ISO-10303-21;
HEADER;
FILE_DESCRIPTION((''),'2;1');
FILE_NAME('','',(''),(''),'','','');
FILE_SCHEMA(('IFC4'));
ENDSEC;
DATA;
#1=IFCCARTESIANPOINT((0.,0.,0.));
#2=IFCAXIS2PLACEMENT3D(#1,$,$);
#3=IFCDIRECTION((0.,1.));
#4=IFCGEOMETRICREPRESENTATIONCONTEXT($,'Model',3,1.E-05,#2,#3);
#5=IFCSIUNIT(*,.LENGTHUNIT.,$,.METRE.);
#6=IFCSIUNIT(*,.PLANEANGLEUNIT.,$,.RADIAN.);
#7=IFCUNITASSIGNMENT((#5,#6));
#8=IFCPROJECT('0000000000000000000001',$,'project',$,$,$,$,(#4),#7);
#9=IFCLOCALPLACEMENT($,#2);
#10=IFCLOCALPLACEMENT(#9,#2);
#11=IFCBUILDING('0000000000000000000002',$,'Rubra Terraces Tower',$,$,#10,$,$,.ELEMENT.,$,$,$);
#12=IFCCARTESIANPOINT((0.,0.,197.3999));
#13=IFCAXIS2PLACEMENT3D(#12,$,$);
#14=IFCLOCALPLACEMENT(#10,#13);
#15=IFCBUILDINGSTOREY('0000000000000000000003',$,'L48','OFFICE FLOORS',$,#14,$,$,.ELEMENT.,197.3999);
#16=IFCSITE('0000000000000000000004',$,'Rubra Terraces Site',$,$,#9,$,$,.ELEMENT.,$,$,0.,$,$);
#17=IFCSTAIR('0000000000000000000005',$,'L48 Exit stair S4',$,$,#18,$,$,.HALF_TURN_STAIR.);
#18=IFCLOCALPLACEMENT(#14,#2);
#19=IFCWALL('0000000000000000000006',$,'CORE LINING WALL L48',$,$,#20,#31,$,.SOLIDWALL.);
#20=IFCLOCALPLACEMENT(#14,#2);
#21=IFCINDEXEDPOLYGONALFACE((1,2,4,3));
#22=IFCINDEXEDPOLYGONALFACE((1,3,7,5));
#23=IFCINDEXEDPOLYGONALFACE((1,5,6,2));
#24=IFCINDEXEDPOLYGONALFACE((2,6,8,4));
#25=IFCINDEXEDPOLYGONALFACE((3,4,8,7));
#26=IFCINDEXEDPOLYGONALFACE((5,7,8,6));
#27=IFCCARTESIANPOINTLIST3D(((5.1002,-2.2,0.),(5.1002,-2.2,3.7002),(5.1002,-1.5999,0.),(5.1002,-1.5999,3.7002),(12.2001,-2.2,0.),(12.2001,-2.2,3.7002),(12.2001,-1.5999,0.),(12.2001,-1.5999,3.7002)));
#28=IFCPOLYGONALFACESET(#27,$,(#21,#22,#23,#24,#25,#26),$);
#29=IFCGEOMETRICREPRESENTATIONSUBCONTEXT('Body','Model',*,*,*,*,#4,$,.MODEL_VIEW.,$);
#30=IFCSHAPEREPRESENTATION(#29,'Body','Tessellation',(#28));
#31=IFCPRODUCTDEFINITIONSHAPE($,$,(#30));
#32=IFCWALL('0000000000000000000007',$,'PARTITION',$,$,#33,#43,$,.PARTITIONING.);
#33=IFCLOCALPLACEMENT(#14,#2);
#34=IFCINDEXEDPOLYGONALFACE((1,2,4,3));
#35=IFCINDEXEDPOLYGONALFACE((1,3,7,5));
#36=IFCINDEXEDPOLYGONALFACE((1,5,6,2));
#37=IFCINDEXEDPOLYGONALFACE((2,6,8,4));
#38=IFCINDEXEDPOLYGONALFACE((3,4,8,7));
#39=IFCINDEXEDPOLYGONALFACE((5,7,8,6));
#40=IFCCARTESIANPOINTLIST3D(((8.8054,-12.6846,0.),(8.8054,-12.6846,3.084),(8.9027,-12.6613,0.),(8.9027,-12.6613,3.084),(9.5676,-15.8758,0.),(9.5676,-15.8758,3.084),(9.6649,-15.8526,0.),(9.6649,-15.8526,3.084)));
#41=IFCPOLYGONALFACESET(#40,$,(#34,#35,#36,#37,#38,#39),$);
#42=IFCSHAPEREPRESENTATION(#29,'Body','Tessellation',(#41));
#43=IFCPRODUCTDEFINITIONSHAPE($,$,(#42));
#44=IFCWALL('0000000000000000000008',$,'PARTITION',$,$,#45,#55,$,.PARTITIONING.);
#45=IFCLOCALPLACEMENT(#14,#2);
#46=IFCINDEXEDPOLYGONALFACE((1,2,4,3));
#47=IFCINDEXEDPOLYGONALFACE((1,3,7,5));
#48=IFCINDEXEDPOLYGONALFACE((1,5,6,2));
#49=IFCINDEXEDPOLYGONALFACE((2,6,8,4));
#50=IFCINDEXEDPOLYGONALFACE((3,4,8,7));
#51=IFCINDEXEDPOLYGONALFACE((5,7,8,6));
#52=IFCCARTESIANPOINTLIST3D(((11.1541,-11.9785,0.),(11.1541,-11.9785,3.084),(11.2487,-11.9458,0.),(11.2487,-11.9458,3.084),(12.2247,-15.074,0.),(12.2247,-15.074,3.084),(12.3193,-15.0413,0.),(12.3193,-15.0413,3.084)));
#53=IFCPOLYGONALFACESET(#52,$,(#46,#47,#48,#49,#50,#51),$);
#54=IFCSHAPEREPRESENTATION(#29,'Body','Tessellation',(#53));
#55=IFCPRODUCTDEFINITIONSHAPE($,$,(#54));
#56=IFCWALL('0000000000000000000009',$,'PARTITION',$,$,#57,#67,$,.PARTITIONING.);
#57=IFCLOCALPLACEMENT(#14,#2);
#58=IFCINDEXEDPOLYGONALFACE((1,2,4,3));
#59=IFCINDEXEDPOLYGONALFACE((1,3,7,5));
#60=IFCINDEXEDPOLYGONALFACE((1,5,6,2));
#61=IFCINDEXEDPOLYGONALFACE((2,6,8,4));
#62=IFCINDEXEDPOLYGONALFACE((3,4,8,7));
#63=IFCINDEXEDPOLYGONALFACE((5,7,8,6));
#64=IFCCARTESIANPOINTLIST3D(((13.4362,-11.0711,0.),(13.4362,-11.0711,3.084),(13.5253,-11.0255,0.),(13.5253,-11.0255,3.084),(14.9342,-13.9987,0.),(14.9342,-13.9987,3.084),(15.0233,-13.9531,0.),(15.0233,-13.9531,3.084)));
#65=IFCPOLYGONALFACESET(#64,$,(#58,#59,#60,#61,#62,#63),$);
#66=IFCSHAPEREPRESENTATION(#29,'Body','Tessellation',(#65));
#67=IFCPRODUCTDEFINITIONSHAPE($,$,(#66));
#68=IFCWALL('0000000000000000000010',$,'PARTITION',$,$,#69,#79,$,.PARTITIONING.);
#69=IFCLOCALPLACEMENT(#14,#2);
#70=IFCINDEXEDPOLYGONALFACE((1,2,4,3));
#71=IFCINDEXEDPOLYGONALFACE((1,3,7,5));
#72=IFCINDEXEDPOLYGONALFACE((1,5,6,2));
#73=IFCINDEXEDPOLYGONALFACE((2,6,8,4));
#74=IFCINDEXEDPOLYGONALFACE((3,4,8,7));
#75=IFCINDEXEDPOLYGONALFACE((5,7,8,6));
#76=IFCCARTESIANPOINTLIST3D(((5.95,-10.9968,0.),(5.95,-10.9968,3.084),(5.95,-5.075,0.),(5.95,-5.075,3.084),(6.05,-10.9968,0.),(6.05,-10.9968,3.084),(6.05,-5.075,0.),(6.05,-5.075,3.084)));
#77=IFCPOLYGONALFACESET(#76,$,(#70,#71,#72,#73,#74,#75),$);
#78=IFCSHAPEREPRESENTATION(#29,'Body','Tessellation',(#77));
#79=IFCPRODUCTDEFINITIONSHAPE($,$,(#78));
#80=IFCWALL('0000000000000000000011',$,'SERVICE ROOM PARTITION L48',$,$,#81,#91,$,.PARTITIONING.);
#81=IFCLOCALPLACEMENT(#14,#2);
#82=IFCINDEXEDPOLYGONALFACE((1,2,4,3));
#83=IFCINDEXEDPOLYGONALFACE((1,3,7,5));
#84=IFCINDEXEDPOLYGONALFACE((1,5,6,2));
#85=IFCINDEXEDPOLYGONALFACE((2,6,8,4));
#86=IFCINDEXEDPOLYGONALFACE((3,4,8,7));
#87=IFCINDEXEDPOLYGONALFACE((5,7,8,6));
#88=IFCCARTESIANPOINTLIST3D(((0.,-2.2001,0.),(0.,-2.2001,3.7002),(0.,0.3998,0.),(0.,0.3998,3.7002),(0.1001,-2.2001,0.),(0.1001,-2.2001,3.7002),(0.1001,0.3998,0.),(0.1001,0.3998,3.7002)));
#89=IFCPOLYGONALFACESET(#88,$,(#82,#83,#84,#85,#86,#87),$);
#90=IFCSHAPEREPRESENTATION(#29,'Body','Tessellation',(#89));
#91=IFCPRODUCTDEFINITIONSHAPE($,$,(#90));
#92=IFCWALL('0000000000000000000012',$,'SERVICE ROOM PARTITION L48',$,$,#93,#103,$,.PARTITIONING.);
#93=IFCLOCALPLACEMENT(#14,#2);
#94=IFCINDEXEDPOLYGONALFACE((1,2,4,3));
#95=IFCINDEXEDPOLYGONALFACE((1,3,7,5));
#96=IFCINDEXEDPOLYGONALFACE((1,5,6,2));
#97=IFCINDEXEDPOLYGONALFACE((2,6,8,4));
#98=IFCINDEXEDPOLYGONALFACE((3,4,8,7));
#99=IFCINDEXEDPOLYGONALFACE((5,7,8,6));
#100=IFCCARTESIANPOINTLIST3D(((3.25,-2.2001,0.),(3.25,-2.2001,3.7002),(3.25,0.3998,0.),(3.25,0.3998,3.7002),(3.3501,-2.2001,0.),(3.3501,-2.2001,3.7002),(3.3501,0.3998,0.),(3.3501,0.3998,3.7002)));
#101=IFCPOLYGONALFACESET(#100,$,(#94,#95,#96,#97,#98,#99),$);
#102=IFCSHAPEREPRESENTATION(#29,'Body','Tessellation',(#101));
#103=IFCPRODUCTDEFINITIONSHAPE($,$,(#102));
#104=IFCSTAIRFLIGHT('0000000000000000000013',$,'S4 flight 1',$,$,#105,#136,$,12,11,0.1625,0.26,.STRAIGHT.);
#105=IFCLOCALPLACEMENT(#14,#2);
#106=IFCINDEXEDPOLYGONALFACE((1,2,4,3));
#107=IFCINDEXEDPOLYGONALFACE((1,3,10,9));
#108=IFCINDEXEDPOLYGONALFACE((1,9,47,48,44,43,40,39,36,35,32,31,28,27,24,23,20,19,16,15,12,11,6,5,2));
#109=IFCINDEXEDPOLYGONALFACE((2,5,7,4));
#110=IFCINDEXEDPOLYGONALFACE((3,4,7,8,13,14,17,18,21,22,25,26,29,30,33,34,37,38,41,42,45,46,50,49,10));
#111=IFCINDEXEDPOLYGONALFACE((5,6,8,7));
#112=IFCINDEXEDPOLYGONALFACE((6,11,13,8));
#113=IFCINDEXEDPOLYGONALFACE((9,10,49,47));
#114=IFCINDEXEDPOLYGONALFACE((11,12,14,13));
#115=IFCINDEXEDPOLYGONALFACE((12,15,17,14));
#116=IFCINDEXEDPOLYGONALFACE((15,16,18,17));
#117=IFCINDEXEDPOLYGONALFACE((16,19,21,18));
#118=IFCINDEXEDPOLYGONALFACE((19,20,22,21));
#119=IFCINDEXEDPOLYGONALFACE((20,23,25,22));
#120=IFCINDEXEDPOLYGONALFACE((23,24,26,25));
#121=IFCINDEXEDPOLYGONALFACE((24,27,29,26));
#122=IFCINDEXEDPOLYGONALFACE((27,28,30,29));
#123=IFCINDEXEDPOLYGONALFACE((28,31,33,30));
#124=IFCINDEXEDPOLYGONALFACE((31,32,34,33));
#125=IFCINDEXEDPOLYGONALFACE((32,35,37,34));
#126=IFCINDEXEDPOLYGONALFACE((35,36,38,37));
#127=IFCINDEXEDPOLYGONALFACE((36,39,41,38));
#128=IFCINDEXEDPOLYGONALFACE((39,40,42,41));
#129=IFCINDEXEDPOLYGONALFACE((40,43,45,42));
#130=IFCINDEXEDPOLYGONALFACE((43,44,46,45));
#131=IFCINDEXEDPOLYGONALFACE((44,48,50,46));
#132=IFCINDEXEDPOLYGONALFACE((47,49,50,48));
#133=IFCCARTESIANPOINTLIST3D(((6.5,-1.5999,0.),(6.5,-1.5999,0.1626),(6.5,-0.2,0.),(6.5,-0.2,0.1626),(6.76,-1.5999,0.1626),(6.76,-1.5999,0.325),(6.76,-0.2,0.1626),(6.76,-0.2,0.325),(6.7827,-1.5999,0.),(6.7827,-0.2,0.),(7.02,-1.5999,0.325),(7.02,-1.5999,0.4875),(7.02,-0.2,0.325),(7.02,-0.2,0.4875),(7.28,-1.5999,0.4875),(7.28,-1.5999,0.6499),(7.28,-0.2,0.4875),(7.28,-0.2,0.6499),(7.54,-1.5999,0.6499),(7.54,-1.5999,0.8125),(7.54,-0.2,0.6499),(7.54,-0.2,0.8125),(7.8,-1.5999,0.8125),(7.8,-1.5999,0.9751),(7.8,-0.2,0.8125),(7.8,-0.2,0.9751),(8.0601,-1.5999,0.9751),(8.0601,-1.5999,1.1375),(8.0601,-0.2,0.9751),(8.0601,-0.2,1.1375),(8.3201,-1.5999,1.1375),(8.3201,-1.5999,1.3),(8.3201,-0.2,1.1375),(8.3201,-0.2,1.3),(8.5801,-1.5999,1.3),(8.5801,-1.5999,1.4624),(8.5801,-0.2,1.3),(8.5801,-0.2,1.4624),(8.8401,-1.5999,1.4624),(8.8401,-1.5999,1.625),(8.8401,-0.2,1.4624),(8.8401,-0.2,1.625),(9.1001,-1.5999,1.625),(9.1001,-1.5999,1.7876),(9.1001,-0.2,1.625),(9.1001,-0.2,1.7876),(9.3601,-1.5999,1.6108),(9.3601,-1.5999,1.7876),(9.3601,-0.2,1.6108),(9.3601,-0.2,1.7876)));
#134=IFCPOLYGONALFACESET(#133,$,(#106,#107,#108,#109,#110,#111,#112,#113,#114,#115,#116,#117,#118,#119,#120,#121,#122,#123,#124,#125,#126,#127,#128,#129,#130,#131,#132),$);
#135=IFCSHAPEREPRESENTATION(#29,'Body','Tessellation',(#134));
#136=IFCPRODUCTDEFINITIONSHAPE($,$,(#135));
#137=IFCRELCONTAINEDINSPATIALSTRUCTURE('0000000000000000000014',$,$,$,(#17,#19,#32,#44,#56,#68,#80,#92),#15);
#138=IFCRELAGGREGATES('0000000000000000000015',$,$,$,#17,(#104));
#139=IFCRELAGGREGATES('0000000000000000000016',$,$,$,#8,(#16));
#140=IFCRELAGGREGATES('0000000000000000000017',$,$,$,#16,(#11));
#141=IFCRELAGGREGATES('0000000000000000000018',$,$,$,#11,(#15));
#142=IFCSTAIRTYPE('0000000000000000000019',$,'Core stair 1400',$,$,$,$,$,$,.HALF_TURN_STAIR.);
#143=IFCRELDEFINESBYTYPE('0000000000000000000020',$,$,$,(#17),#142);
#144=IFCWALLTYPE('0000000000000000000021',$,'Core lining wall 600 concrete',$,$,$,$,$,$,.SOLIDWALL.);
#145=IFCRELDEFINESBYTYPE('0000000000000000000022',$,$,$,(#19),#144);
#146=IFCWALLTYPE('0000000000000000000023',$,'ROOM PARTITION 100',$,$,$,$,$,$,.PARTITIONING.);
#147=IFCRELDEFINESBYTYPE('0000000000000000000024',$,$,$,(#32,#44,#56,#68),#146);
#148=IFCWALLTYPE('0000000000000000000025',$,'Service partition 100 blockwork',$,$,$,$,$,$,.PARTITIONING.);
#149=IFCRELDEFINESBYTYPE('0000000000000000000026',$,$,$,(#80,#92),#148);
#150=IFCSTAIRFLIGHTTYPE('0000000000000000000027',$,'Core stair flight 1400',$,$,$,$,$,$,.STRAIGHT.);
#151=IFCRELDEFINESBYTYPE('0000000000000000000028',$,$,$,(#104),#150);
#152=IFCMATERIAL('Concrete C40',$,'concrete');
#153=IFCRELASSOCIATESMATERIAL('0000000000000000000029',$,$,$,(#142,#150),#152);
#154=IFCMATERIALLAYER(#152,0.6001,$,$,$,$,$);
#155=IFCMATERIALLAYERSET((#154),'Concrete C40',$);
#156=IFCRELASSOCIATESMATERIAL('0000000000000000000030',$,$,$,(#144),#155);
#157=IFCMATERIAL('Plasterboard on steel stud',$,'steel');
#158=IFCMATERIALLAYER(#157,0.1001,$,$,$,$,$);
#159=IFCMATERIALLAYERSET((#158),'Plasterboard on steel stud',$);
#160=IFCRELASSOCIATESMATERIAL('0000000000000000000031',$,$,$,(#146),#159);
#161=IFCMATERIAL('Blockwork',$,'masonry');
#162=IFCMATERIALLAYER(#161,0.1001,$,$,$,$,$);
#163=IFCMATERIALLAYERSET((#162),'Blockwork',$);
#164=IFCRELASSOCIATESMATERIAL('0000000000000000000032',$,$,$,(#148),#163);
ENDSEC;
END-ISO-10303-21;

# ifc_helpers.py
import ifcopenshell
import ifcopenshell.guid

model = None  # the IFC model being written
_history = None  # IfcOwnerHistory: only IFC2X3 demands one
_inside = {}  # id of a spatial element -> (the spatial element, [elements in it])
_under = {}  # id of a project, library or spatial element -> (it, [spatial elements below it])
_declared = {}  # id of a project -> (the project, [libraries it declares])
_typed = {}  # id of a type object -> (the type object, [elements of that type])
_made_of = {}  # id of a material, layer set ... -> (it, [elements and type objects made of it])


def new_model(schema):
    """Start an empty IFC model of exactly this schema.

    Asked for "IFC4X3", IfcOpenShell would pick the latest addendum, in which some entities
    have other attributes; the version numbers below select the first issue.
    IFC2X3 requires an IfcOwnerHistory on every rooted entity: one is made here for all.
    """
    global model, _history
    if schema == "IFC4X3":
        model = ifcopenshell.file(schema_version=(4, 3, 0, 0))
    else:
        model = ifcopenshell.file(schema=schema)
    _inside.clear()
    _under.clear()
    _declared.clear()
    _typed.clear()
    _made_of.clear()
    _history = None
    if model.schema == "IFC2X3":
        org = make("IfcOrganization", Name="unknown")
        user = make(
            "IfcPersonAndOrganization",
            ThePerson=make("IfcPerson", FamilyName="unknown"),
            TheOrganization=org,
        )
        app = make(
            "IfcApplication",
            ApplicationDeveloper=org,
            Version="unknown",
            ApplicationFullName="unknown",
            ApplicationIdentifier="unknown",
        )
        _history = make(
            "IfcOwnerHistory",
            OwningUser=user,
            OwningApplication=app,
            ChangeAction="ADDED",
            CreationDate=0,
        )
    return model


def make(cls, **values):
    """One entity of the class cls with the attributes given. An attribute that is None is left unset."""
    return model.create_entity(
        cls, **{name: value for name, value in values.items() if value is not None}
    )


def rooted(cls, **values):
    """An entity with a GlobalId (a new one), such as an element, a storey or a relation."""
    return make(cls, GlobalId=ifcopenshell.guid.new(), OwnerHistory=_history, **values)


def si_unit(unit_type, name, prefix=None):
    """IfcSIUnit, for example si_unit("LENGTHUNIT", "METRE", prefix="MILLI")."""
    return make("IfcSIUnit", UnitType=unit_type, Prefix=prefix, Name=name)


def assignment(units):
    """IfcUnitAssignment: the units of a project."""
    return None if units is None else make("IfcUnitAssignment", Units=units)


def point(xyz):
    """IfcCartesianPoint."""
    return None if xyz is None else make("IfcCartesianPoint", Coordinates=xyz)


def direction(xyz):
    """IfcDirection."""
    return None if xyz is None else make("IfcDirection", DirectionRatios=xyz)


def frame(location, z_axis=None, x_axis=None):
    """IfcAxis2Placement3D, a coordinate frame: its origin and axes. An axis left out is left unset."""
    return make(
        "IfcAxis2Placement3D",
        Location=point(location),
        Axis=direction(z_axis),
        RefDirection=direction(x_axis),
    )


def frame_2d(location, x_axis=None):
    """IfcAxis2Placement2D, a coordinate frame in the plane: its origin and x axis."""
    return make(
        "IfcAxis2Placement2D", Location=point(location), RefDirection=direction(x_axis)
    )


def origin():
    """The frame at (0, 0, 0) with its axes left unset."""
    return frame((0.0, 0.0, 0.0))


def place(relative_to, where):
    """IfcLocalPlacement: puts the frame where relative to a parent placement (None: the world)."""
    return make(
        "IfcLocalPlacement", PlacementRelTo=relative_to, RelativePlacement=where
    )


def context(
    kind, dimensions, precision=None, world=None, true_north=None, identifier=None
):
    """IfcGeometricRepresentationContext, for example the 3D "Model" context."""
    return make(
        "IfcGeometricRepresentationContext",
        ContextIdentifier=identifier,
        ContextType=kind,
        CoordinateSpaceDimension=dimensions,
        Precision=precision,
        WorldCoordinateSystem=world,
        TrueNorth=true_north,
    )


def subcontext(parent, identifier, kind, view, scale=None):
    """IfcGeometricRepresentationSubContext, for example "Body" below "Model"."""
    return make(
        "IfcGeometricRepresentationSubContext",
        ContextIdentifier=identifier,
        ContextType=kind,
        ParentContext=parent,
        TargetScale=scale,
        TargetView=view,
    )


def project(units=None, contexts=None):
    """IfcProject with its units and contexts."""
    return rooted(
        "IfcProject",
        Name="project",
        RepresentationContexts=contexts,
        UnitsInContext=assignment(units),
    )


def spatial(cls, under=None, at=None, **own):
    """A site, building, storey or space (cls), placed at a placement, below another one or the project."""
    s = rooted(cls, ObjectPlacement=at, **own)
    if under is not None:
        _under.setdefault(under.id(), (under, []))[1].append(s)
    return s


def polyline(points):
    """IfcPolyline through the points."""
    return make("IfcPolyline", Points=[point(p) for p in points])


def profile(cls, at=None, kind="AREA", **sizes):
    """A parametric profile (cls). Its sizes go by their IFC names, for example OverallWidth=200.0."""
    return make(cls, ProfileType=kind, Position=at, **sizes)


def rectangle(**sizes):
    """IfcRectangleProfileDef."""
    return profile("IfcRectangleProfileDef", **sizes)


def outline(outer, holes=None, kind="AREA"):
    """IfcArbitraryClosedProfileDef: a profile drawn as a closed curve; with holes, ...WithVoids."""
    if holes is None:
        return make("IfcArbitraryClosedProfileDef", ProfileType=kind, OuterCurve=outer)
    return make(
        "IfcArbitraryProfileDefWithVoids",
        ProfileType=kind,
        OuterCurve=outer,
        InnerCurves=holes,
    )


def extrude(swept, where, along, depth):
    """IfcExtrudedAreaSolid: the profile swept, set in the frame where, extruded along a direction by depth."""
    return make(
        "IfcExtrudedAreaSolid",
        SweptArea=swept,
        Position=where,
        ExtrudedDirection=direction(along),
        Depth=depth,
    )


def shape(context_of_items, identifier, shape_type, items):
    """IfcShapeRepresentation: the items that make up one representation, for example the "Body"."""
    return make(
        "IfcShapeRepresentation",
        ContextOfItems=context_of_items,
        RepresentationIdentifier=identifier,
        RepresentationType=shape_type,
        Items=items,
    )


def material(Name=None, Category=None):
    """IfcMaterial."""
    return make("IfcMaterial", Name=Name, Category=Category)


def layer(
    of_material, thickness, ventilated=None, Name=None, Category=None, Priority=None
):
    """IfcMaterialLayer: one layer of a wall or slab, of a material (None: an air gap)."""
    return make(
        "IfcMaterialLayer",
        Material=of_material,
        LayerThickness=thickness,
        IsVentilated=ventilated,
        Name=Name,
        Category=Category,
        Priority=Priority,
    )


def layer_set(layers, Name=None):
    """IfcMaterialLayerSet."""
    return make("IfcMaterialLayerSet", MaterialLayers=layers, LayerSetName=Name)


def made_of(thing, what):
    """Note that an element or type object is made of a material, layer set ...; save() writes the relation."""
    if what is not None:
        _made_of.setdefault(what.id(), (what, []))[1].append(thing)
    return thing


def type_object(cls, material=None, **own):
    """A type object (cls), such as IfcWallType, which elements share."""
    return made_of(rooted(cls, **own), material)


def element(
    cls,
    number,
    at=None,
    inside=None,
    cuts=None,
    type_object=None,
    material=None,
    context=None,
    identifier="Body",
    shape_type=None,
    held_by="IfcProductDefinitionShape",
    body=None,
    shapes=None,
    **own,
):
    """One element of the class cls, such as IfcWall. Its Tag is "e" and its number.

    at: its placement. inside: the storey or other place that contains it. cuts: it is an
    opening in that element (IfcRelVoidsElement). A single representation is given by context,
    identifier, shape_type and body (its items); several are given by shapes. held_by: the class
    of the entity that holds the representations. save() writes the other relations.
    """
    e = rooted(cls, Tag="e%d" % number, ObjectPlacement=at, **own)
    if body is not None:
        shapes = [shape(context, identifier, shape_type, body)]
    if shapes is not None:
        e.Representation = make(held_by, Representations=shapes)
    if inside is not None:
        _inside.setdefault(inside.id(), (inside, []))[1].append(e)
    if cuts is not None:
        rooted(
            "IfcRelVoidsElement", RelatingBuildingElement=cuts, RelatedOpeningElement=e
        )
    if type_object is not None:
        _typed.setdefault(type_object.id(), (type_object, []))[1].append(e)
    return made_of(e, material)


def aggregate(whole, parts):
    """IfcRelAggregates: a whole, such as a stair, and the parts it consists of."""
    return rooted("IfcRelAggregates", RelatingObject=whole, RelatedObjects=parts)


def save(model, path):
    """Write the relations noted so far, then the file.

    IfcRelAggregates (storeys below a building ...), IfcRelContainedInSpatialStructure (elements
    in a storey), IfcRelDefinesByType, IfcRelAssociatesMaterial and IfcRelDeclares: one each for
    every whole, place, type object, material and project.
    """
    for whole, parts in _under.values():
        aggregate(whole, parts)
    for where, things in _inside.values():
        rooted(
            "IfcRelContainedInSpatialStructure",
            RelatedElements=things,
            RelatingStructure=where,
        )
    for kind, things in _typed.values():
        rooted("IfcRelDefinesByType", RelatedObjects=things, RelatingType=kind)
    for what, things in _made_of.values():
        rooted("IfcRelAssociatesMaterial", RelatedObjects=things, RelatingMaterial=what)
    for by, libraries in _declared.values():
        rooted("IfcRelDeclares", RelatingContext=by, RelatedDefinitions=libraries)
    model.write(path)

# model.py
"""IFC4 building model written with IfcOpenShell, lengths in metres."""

from ifc_helpers import new_model, si_unit, direction, frame, frame_2d, origin, place, context, subcontext, project, spatial, polyline, rectangle, outline, extrude, material, layer, layer_set, type_object, element, aggregate, save


model = new_model("IFC4")

# Units and contexts
model_context = context("Model", 3, precision=1e-05, world=origin(), true_north=direction((0.0, 1.0)))
body_context = subcontext(model_context, "Body", "Model", "MODEL_VIEW")
ifc_project = project(units=[si_unit("LENGTHUNIT", "METRE"), si_unit("PLANEANGLEUNIT", "RADIAN")], contexts=[model_context])

# Site, building, storey
site_placement = place(None, origin())
site = spatial("IfcSite", under=ifc_project, at=site_placement, Name="Rubra Terraces Site", CompositionType="ELEMENT", RefElevation=0.0)
building_placement = place(site_placement, origin())
building = spatial("IfcBuilding", under=site, at=building_placement, Name="Rubra Terraces Tower", CompositionType="ELEMENT")
storey_placement = place(building_placement, frame((0.0, 0.0, 197.3999)))
storey = spatial("IfcBuildingStorey", under=building, at=storey_placement, Name="L48", Description="OFFICE FLOORS", CompositionType="ELEMENT", Elevation=197.3999)

# Stair
ifc_material_1 = material(Name="Concrete C40", Category="concrete")
stair_type = type_object("IfcStairType", Name="Core stair 1400", PredefinedType="HALF_TURN_STAIR", material=ifc_material_1)
stair_1_placement = place(storey_placement, origin())
stair_1 = element("IfcStair", 1, at=stair_1_placement, inside=storey, type_object=stair_type, Name="L48 Exit stair S4", PredefinedType="HALF_TURN_STAIR")

# Walls
ifc_layer_1 = layer(ifc_material_1, 0.6001)
ifc_layer_set_1 = layer_set([ifc_layer_1], Name="Concrete C40")
wall_type_1 = type_object("IfcWallType", Name="Core lining wall 600 concrete", PredefinedType="SOLIDWALL", material=ifc_layer_set_1)
wall_1_placement = place(storey_placement, frame((12.2, -1.8999, 0.0), z_axis=(0.0, 0.0, 1.0), x_axis=(-1.0, 0.0, 0.0)))
element("IfcWall", 2, at=wall_1_placement, inside=storey, type_object=wall_type_1, Name="CORE LINING WALL L48", PredefinedType="SOLIDWALL", context=body_context, shape_type="SweptSolid", body=[
    extrude(rectangle(XDim=7.0999, YDim=0.6001, at=frame_2d((3.5498, 0.0))), origin(), (0.0, 0.0, 1.0), 3.7002),
])
ifc_material_2 = material(Name="Plasterboard on steel stud", Category="steel")
ifc_layer_2 = layer(ifc_material_2, 0.1001)
ifc_layer_set_2 = layer_set([ifc_layer_2], Name="Plasterboard on steel stud")
wall_type_2 = type_object("IfcWallType", Name="ROOM PARTITION 100", PredefinedType="PARTITIONING", material=ifc_layer_set_2)
wall_2_placement = place(storey_placement, frame((8.854, -12.6729, 0.0), z_axis=(0.0, 0.0, 1.0), x_axis=(0.232315, -0.972641, 0.0)))
element("IfcWall", 3, at=wall_2_placement, inside=storey, type_object=wall_type_2, Name="PARTITION", PredefinedType="PARTITIONING", context=body_context, shape_type="SweptSolid", body=[
    extrude(rectangle(XDim=3.281, YDim=0.1001, at=frame_2d((1.6406, 0.0))), origin(), (0.0, 0.0, 1.0), 3.084),
])
wall_3_placement = place(storey_placement, frame((11.2014, -11.9622, 0.0), z_axis=(0.0, 0.0, 1.0), x_axis=(0.326852, -0.945076, 0.0)))
element("IfcWall", 4, at=wall_3_placement, inside=storey, type_object=wall_type_2, Name="PARTITION", PredefinedType="PARTITIONING", context=body_context, shape_type="SweptSolid", body=[
    extrude(rectangle(XDim=3.2754, YDim=0.1001, at=frame_2d((1.6377, 0.0))), origin(), (0.0, 0.0, 1.0), 3.084),
])
wall_4_placement = place(storey_placement, frame((13.4807, -11.0483, 0.0), z_axis=(0.0, 0.0, 1.0), x_axis=(0.455539, -0.890216, 0.0)))
element("IfcWall", 5, at=wall_4_placement, inside=storey, type_object=wall_type_2, Name="PARTITION", PredefinedType="PARTITIONING", context=body_context, shape_type="SweptSolid", body=[
    extrude(rectangle(XDim=3.2886, YDim=0.1001, at=frame_2d((1.6443, 0.0))), origin(), (0.0, 0.0, 1.0), 3.084),
])
wall_5_placement = place(storey_placement, frame((6.0, -10.9968, 0.0), z_axis=(0.0, 0.0, 1.0), x_axis=(0.0, 1.0, 0.0)))
element("IfcWall", 6, at=wall_5_placement, inside=storey, type_object=wall_type_2, Name="PARTITION", PredefinedType="PARTITIONING", context=body_context, shape_type="SweptSolid", body=[
    extrude(rectangle(XDim=5.9219, YDim=0.1001, at=frame_2d((2.9609, 0.0))), origin(), (0.0, 0.0, 1.0), 3.084),
])
ifc_material_3 = material(Name="Blockwork", Category="masonry")
ifc_layer_3 = layer(ifc_material_3, 0.1001)
ifc_layer_set_3 = layer_set([ifc_layer_3], Name="Blockwork")
wall_type_3 = type_object("IfcWallType", Name="Service partition 100 blockwork", PredefinedType="PARTITIONING", material=ifc_layer_set_3)
for number, where, z_axis, x_axis, name in (
    (7, (0.05, -2.2, 0.0), (0.0, 0.0, 1.0), (0.0, 1.0, 0.0), "SERVICE ROOM PARTITION L48"),
    (8, (3.3, -2.2, 0.0), (0.0, 0.0, 1.0), (0.0, 1.0, 0.0), "SERVICE ROOM PARTITION L48"),
):
    element("IfcWall", number, at=place(storey_placement, frame(where, z_axis=z_axis, x_axis=x_axis)), inside=storey, type_object=wall_type_3, Name=name, PredefinedType="PARTITIONING", context=body_context, shape_type="SweptSolid", body=[
        extrude(rectangle(XDim=2.5999, YDim=0.1001, at=frame_2d((1.2998, 0.0))), origin(), (0.0, 0.0, 1.0), 3.7002),
    ])

# Stair flight
stair_flight_type = type_object("IfcStairFlightType", Name="Core stair flight 1400", PredefinedType="STRAIGHT", material=ifc_material_1)
stair_flight_placement = place(storey_placement, frame((6.5, -0.8999, 0.0), z_axis=(0.0, 0.0, 1.0), x_axis=(1.0, 0.0, 0.0)))
stair_flight = element("IfcStairFlight", 9, at=stair_flight_placement, type_object=stair_flight_type, Name="S4 flight 1", NumberOfRisers=12, NumberOfTreads=11, PredefinedType="STRAIGHT", RiserHeight=0.1625, TreadLength=0.26, context=body_context, shape_type="SweptSolid", body=[
    extrude(outline(polyline([(0.0, 0.0), (0.0, 0.1626), (0.26, 0.1626), (0.26, 0.325), (0.52, 0.325), (0.52, 0.4875), (0.78, 0.4875), (0.78, 0.6499), (1.04, 0.6499), (1.04, 0.8125), (1.3, 0.8125), (1.3, 0.9751), (1.5601, 0.9751), (1.5601, 1.1375), (1.8201, 1.1375), (1.8201, 1.3), (2.0801, 1.3), (2.0801, 1.4624), (2.3401, 1.4624), (2.3401, 1.625), (2.6001, 1.625), (2.6001, 1.7876), (2.8601, 1.7876), (2.8601, 1.95), (2.8601, 1.6108), (0.2827, 0.0), (0.0, 0.0)])), frame((0.0, 0.7, 0.0), z_axis=(0.0, -1.0, 0.0), x_axis=(1.0, 0.0, 0.0)), (0.0, 0.0, 1.0), 1.3999),
])
aggregate(stair_1, [stair_flight])

save(model, "model.ifc")
